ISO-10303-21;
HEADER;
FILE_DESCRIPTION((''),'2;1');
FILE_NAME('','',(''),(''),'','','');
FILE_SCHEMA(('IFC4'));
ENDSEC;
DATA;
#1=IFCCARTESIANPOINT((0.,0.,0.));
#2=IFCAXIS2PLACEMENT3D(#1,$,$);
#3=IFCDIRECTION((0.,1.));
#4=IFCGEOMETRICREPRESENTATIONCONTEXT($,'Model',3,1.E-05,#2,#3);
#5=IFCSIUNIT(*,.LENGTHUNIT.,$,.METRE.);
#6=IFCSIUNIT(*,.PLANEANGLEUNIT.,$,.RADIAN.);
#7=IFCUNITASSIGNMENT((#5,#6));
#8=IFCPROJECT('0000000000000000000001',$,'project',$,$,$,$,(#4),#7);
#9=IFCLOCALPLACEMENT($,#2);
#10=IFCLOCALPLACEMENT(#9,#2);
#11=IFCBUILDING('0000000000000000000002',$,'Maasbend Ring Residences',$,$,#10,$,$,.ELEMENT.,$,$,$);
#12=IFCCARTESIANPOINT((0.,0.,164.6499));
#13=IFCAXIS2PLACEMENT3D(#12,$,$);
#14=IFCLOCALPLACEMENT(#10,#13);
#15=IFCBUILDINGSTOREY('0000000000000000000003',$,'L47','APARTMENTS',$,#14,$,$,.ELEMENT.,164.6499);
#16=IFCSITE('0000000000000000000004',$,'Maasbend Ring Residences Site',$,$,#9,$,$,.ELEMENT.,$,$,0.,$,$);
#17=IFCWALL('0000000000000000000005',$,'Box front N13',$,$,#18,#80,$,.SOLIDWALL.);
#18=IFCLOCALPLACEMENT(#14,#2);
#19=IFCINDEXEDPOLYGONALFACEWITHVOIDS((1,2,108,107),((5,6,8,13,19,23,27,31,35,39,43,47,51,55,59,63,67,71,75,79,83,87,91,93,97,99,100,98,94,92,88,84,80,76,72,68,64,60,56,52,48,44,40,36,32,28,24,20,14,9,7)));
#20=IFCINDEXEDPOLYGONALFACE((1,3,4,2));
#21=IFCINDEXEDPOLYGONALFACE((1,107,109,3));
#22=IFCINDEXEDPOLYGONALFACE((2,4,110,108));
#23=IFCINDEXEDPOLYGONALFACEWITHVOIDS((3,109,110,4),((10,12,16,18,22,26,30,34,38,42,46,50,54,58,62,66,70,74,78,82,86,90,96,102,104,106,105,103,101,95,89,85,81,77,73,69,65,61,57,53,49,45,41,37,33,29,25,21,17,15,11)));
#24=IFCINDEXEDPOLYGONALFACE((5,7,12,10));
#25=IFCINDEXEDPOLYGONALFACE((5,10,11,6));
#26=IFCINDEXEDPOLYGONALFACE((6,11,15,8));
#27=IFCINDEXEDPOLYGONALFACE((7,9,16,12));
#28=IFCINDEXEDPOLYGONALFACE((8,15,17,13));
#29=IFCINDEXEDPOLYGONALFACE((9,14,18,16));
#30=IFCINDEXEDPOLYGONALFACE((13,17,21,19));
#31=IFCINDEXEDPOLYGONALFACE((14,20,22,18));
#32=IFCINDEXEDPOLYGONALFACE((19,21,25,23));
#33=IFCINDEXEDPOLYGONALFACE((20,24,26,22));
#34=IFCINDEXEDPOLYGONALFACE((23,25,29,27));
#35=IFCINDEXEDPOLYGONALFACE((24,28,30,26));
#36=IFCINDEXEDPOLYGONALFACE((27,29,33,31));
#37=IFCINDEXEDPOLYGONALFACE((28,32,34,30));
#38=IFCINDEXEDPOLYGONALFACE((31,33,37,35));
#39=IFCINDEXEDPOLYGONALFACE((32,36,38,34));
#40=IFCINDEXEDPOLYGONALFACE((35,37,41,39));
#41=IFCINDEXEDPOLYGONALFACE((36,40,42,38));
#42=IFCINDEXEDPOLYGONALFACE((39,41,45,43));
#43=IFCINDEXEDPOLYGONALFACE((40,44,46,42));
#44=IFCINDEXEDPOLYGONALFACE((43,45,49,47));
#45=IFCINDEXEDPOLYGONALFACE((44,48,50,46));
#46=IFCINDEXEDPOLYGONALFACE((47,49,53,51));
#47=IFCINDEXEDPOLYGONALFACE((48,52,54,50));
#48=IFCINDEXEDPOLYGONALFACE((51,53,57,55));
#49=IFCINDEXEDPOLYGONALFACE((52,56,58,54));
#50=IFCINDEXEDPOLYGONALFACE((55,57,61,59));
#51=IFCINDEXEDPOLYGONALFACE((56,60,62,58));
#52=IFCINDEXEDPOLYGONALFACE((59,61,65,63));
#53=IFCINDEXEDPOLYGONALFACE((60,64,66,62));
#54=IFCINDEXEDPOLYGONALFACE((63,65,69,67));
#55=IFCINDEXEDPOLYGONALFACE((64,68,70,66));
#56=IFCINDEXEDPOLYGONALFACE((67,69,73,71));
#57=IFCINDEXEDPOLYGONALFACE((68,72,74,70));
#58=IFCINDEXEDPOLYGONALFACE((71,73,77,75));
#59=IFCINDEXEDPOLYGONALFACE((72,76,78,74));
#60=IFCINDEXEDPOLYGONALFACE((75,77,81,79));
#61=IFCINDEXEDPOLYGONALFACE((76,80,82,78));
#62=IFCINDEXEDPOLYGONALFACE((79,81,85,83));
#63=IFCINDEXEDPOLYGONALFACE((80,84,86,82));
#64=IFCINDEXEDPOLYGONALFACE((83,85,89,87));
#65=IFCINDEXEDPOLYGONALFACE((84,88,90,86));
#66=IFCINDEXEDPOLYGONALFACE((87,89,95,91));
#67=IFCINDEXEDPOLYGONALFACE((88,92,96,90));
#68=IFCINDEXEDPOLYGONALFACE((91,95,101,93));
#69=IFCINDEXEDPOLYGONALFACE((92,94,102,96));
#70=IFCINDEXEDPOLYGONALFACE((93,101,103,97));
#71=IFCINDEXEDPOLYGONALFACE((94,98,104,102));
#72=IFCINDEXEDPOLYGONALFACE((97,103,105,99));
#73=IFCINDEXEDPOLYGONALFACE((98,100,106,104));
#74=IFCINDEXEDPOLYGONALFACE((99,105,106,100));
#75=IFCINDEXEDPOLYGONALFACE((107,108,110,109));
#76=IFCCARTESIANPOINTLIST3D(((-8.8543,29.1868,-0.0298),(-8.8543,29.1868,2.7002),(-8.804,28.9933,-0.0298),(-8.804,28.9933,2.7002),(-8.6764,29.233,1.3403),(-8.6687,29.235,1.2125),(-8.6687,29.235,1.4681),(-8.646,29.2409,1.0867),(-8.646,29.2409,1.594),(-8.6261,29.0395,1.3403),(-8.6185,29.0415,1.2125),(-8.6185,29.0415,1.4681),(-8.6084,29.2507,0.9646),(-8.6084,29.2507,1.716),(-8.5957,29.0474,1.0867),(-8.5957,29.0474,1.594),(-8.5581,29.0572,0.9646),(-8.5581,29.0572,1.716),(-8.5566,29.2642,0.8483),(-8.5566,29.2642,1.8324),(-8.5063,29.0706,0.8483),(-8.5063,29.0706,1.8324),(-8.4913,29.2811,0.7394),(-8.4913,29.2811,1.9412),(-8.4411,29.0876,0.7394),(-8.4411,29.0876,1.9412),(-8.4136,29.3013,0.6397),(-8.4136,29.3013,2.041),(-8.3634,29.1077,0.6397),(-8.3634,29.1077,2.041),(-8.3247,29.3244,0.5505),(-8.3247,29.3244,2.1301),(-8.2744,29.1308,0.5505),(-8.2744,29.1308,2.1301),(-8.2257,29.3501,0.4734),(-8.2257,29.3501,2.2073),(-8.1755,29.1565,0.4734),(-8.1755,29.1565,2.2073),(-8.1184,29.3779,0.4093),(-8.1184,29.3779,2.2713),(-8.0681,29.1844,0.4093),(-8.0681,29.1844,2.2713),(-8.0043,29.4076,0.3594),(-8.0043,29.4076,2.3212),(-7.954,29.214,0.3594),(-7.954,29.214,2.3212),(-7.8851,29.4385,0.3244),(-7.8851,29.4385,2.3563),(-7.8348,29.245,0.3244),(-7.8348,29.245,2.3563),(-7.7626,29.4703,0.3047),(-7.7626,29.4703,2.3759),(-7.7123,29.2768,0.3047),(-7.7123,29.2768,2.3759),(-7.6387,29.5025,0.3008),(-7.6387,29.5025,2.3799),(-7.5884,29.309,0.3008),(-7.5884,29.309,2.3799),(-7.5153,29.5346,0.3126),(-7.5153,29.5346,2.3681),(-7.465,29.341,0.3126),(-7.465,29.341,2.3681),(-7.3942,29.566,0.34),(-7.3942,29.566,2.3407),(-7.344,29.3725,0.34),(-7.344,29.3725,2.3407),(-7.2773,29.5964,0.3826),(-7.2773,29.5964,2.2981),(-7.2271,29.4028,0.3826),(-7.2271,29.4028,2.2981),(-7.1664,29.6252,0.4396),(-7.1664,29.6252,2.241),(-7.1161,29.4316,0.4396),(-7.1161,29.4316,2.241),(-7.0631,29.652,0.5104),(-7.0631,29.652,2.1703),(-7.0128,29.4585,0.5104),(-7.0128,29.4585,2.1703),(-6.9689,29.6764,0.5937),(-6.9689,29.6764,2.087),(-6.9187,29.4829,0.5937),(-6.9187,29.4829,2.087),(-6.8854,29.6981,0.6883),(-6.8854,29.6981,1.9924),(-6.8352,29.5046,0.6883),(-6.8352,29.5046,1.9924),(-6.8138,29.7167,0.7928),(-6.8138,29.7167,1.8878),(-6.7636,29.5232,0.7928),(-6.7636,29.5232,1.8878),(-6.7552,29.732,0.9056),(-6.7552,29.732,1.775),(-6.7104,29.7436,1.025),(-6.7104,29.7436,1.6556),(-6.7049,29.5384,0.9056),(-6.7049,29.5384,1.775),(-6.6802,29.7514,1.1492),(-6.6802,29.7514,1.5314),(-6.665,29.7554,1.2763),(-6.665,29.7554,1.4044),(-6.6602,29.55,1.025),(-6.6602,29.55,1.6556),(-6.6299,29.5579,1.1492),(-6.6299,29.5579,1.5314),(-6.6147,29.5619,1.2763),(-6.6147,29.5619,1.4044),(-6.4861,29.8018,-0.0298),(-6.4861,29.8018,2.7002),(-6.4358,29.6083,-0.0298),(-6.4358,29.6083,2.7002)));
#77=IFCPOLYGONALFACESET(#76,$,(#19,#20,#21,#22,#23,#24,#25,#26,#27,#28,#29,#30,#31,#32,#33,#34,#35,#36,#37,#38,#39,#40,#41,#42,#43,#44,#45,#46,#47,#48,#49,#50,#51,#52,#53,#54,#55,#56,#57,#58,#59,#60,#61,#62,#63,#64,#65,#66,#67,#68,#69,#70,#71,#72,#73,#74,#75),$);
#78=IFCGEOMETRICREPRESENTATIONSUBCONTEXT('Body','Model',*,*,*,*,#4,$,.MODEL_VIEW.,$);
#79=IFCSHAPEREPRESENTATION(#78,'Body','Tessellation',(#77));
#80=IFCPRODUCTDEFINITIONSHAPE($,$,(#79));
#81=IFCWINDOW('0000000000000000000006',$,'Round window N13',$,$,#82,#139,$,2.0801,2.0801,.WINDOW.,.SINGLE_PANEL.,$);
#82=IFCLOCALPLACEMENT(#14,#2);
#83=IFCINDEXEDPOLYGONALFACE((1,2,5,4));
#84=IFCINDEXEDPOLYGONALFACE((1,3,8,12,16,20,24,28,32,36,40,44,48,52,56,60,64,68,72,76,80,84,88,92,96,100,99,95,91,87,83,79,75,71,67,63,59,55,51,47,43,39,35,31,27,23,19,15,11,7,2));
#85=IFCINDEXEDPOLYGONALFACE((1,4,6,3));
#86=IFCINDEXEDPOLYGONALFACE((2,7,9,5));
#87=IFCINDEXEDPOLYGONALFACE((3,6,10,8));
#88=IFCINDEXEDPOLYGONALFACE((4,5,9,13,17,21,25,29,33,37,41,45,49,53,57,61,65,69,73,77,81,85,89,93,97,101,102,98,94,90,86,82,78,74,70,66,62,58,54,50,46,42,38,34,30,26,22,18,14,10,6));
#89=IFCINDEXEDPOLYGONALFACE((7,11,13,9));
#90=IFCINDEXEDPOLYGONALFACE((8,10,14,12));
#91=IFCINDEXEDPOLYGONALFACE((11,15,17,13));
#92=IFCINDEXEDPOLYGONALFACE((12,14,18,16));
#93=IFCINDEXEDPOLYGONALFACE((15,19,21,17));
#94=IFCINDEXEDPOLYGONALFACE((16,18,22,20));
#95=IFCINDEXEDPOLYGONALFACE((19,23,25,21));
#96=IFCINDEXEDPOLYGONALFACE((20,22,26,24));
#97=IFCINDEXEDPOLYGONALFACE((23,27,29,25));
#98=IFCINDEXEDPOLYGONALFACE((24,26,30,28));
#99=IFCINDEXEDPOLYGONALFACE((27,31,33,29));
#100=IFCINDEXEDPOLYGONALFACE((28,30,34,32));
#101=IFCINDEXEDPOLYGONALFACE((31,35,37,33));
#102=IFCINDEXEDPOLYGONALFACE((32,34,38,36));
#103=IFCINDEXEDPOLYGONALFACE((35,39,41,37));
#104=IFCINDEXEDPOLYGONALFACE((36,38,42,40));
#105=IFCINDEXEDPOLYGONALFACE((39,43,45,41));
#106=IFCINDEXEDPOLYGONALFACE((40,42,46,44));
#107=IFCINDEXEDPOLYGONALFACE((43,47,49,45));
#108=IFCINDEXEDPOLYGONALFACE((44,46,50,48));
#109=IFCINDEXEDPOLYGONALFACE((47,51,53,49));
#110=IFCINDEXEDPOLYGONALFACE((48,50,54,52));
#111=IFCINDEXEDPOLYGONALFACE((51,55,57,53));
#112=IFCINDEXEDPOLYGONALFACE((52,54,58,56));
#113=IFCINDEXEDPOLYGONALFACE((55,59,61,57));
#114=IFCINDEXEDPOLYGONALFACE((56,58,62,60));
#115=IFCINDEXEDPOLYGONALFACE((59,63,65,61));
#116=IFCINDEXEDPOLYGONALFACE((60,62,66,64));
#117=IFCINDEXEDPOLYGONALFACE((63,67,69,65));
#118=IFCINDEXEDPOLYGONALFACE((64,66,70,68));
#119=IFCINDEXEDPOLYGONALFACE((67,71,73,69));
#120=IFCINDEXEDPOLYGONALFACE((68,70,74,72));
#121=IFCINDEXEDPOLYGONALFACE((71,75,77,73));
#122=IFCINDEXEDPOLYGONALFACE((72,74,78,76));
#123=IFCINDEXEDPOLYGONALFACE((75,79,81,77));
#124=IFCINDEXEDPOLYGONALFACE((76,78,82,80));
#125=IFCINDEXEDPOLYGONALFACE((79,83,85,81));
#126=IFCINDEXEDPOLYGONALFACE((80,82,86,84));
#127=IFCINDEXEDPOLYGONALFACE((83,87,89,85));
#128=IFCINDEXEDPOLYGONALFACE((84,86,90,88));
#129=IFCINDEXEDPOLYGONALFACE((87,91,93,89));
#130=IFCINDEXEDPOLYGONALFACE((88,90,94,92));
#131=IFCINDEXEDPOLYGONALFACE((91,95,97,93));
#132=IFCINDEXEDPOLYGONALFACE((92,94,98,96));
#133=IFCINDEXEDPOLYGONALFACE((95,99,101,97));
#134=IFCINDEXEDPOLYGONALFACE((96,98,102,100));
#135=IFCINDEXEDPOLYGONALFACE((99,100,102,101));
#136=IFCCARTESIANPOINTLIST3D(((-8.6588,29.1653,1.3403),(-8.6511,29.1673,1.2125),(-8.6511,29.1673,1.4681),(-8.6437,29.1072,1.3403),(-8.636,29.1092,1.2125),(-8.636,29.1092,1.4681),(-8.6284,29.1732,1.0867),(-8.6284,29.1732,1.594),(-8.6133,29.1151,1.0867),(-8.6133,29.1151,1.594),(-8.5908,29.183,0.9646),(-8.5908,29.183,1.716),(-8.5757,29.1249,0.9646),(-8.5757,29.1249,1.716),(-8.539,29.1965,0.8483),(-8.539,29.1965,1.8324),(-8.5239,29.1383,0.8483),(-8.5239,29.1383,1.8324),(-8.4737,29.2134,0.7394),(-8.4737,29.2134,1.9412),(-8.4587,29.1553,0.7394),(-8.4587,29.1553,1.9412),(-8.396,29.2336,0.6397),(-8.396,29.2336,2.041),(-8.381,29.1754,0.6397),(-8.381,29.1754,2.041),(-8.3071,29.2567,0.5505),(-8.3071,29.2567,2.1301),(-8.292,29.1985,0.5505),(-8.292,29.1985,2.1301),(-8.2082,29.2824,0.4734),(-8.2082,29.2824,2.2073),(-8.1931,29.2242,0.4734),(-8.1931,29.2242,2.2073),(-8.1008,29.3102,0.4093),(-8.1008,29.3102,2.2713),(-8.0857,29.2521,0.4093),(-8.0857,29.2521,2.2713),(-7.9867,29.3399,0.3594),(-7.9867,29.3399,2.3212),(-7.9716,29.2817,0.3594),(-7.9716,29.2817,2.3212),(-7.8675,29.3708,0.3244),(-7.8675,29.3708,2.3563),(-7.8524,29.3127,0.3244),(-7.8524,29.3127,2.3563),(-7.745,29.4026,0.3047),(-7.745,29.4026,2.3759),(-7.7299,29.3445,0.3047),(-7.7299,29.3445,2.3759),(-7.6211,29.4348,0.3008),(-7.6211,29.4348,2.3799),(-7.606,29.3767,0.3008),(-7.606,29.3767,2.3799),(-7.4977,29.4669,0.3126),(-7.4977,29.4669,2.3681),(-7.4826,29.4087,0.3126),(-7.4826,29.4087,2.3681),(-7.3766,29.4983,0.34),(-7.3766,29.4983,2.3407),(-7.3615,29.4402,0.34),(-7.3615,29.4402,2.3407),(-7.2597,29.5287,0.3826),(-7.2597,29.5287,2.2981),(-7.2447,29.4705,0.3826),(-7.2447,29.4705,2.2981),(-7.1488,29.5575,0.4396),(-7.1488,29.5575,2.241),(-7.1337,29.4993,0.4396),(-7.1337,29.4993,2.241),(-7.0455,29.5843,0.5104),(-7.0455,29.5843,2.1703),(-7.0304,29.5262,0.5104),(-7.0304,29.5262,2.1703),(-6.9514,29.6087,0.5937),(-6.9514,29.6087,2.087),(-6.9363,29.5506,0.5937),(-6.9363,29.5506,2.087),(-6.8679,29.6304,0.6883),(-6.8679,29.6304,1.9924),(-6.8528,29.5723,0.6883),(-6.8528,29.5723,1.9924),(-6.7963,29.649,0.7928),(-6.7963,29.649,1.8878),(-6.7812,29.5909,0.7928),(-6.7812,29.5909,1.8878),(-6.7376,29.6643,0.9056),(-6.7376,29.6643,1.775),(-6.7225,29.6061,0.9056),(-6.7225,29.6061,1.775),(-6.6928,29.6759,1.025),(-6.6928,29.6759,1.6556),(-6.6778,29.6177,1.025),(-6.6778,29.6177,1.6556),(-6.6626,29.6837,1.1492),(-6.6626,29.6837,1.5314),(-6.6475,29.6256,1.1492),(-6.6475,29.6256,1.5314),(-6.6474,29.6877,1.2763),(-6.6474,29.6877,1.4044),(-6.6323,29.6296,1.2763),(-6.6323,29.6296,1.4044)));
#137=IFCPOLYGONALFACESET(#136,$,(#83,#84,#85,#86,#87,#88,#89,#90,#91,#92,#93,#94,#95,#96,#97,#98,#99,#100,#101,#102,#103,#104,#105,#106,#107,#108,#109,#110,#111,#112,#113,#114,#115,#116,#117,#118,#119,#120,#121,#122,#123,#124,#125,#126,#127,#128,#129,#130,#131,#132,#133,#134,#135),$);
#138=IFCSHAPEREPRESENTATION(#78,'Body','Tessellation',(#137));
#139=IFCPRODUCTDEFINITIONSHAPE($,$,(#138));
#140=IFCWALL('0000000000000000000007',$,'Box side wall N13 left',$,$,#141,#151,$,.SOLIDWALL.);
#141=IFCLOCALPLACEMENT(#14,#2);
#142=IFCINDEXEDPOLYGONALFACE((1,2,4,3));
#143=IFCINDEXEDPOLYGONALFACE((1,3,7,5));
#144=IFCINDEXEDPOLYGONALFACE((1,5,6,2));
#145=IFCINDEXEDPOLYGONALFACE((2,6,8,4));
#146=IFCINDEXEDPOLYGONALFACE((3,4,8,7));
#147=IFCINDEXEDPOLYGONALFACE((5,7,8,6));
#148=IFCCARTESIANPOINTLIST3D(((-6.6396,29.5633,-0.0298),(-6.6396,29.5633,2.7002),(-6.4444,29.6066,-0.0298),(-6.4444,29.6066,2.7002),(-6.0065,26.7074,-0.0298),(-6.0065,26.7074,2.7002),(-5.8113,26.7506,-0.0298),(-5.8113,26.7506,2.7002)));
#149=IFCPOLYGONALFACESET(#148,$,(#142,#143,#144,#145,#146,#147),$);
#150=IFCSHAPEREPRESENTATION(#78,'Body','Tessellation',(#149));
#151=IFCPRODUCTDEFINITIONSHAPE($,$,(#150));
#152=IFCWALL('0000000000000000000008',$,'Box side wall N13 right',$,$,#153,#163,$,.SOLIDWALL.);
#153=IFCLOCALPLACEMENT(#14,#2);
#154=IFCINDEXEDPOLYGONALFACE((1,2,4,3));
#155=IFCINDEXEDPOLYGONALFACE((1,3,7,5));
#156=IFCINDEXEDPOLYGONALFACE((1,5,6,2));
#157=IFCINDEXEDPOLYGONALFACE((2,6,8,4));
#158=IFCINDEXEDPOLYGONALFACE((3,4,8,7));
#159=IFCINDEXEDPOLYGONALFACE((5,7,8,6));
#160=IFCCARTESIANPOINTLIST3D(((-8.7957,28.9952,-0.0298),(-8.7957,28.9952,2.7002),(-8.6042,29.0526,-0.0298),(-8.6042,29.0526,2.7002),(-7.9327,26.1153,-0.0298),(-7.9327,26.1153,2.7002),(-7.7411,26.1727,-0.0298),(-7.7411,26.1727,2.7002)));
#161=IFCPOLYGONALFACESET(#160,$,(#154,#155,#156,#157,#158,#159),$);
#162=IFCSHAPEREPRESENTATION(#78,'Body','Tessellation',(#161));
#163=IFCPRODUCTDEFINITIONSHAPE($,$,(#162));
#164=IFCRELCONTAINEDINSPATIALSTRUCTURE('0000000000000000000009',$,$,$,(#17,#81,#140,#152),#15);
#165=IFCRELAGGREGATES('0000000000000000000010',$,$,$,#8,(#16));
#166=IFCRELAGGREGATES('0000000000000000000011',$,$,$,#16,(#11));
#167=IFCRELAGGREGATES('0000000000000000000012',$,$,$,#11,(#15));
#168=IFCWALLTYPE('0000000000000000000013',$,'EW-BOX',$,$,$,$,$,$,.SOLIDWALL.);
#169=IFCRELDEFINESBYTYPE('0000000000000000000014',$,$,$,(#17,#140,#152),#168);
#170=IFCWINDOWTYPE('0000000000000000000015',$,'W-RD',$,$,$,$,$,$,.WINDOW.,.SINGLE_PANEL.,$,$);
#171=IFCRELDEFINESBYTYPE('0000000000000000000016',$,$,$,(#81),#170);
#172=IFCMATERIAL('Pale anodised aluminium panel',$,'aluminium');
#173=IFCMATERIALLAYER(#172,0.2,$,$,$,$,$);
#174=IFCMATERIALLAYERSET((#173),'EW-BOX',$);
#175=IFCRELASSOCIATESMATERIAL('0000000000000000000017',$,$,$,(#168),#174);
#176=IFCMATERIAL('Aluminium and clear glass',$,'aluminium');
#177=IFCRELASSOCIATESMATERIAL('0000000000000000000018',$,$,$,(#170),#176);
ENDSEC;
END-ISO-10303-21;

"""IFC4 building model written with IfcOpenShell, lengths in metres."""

from ifc_helpers import new_model, si_unit, direction, frame, frame_2d, origin, place, context, subcontext, project, spatial, rectangle, circle, extrude, material, layer, layer_set, type_object, element, fill, save


model = new_model("IFC4")

# Units and contexts
model_context = context("Model", 3, precision=1e-05, world=origin(), true_north=direction((0.0, 1.0)))
body_context = subcontext(model_context, "Body", "Model", "MODEL_VIEW")
ifc_project = project(units=[si_unit("LENGTHUNIT", "METRE"), si_unit("PLANEANGLEUNIT", "RADIAN")], contexts=[model_context])

# Site, building, storey
site_placement = place(None, origin())
site = spatial("IfcSite", under=ifc_project, at=site_placement, Name="Maasbend Ring Residences Site", CompositionType="ELEMENT", RefElevation=0.0)
building_placement = place(site_placement, origin())
building = spatial("IfcBuilding", under=site, at=building_placement, Name="Maasbend Ring Residences", CompositionType="ELEMENT")
storey_placement = place(building_placement, frame((0.0, 0.0, 164.6499)))
storey = spatial("IfcBuildingStorey", under=building, at=storey_placement, Name="L47", Description="APARTMENTS", CompositionType="ELEMENT", Elevation=164.6499)

# Shared definitions
ifc_material_1 = material(Name="Pale anodised aluminium panel", Category="aluminium")
ifc_layer_1 = layer(ifc_material_1, 0.2)
ifc_layer_set_1 = layer_set([ifc_layer_1], Name="EW-BOX")
wall_type_1 = type_object("IfcWallType", Name="EW-BOX", PredefinedType="SOLIDWALL", material=ifc_layer_set_1)

# Wall, opening, window
wall_1_placement = place(storey_placement, frame((-6.4609, 29.7051, -0.0298), z_axis=(0.0, 0.0, 1.0), x_axis=(-0.967895, -0.251353, 0.0)))
wall_1 = element("IfcWall", 1, at=wall_1_placement, inside=storey, type_object=wall_type_1, Name="Box front N13", PredefinedType="SOLIDWALL", context=body_context, shape_type="SweptSolid", body=[
    extrude(rectangle(XDim=2.4468, YDim=0.2, at=frame_2d((1.2234, 0.0))), origin(), (0.0, 0.0, 1.0), 2.73),
])
opening_1_placement = place(wall_1_placement, frame((0.1829, 0.0, 0.3301)))
opening_1 = element("IfcOpeningElement", 2, at=opening_1_placement, cuts=wall_1, PredefinedType="OPENING", context=body_context, shape_type="SweptSolid", body=[
    extrude(circle(Radius=1.04, at=frame_2d((1.04, 1.04))), frame((0.0, 0.1099, 0.0), z_axis=(0.0, -1.0, 0.0), x_axis=(1.0, 0.0, 0.0)), (0.0, 0.0, 1.0), 0.22),
])
ifc_material_2 = material(Name="Aluminium and clear glass", Category="aluminium")
window_type_1 = type_object("IfcWindowType", Name="W-RD", PartitioningType="SINGLE_PANEL", PredefinedType="WINDOW", material=ifc_material_2)
window_1_placement = place(opening_1_placement, origin())
window_1 = element("IfcWindow", 3, at=window_1_placement, inside=storey, type_object=window_type_1, Name="Round window N13", OverallHeight=2.0801, OverallWidth=2.0801, PartitioningType="SINGLE_PANEL", PredefinedType="WINDOW", context=body_context, shape_type="SweptSolid", body=[
    extrude(circle(Radius=1.04, at=frame_2d((1.04, 1.04))), frame((0.0, 0.03, 0.0), z_axis=(0.0, -1.0, 0.0), x_axis=(1.0, 0.0, 0.0)), (0.0, 0.0, 1.0), 0.0601),
])
fill(opening_1, window_1)

# Walls
wall_2_placement = place(storey_placement, frame((-5.9089, 26.729, -0.0298), z_axis=(0.0, 0.0, 1.0), x_axis=(-0.216409, 0.976303, 0.0)))
element("IfcWall", 4, at=wall_2_placement, inside=storey, type_object=wall_type_1, Name="Box side wall N13 left", PredefinedType="SOLIDWALL", context=body_context, shape_type="SweptSolid", body=[
    extrude(rectangle(XDim=2.9253, YDim=0.2, at=frame_2d((1.4626, 0.0))), origin(), (0.0, 0.0, 1.0), 2.73),
])
wall_3_placement = place(storey_placement, frame((-7.8369, 26.144, -0.0298), z_axis=(0.0, 0.0, 1.0), x_axis=(-0.287065, 0.957911, 0.0)))
element("IfcWall", 5, at=wall_3_placement, inside=storey, type_object=wall_type_1, Name="Box side wall N13 right", PredefinedType="SOLIDWALL", context=body_context, shape_type="SweptSolid", body=[
    extrude(rectangle(XDim=3.0063, YDim=0.2, at=frame_2d((1.5032, 0.0))), origin(), (0.0, 0.0, 1.0), 2.73),
])

save(model, "model.ifc")
